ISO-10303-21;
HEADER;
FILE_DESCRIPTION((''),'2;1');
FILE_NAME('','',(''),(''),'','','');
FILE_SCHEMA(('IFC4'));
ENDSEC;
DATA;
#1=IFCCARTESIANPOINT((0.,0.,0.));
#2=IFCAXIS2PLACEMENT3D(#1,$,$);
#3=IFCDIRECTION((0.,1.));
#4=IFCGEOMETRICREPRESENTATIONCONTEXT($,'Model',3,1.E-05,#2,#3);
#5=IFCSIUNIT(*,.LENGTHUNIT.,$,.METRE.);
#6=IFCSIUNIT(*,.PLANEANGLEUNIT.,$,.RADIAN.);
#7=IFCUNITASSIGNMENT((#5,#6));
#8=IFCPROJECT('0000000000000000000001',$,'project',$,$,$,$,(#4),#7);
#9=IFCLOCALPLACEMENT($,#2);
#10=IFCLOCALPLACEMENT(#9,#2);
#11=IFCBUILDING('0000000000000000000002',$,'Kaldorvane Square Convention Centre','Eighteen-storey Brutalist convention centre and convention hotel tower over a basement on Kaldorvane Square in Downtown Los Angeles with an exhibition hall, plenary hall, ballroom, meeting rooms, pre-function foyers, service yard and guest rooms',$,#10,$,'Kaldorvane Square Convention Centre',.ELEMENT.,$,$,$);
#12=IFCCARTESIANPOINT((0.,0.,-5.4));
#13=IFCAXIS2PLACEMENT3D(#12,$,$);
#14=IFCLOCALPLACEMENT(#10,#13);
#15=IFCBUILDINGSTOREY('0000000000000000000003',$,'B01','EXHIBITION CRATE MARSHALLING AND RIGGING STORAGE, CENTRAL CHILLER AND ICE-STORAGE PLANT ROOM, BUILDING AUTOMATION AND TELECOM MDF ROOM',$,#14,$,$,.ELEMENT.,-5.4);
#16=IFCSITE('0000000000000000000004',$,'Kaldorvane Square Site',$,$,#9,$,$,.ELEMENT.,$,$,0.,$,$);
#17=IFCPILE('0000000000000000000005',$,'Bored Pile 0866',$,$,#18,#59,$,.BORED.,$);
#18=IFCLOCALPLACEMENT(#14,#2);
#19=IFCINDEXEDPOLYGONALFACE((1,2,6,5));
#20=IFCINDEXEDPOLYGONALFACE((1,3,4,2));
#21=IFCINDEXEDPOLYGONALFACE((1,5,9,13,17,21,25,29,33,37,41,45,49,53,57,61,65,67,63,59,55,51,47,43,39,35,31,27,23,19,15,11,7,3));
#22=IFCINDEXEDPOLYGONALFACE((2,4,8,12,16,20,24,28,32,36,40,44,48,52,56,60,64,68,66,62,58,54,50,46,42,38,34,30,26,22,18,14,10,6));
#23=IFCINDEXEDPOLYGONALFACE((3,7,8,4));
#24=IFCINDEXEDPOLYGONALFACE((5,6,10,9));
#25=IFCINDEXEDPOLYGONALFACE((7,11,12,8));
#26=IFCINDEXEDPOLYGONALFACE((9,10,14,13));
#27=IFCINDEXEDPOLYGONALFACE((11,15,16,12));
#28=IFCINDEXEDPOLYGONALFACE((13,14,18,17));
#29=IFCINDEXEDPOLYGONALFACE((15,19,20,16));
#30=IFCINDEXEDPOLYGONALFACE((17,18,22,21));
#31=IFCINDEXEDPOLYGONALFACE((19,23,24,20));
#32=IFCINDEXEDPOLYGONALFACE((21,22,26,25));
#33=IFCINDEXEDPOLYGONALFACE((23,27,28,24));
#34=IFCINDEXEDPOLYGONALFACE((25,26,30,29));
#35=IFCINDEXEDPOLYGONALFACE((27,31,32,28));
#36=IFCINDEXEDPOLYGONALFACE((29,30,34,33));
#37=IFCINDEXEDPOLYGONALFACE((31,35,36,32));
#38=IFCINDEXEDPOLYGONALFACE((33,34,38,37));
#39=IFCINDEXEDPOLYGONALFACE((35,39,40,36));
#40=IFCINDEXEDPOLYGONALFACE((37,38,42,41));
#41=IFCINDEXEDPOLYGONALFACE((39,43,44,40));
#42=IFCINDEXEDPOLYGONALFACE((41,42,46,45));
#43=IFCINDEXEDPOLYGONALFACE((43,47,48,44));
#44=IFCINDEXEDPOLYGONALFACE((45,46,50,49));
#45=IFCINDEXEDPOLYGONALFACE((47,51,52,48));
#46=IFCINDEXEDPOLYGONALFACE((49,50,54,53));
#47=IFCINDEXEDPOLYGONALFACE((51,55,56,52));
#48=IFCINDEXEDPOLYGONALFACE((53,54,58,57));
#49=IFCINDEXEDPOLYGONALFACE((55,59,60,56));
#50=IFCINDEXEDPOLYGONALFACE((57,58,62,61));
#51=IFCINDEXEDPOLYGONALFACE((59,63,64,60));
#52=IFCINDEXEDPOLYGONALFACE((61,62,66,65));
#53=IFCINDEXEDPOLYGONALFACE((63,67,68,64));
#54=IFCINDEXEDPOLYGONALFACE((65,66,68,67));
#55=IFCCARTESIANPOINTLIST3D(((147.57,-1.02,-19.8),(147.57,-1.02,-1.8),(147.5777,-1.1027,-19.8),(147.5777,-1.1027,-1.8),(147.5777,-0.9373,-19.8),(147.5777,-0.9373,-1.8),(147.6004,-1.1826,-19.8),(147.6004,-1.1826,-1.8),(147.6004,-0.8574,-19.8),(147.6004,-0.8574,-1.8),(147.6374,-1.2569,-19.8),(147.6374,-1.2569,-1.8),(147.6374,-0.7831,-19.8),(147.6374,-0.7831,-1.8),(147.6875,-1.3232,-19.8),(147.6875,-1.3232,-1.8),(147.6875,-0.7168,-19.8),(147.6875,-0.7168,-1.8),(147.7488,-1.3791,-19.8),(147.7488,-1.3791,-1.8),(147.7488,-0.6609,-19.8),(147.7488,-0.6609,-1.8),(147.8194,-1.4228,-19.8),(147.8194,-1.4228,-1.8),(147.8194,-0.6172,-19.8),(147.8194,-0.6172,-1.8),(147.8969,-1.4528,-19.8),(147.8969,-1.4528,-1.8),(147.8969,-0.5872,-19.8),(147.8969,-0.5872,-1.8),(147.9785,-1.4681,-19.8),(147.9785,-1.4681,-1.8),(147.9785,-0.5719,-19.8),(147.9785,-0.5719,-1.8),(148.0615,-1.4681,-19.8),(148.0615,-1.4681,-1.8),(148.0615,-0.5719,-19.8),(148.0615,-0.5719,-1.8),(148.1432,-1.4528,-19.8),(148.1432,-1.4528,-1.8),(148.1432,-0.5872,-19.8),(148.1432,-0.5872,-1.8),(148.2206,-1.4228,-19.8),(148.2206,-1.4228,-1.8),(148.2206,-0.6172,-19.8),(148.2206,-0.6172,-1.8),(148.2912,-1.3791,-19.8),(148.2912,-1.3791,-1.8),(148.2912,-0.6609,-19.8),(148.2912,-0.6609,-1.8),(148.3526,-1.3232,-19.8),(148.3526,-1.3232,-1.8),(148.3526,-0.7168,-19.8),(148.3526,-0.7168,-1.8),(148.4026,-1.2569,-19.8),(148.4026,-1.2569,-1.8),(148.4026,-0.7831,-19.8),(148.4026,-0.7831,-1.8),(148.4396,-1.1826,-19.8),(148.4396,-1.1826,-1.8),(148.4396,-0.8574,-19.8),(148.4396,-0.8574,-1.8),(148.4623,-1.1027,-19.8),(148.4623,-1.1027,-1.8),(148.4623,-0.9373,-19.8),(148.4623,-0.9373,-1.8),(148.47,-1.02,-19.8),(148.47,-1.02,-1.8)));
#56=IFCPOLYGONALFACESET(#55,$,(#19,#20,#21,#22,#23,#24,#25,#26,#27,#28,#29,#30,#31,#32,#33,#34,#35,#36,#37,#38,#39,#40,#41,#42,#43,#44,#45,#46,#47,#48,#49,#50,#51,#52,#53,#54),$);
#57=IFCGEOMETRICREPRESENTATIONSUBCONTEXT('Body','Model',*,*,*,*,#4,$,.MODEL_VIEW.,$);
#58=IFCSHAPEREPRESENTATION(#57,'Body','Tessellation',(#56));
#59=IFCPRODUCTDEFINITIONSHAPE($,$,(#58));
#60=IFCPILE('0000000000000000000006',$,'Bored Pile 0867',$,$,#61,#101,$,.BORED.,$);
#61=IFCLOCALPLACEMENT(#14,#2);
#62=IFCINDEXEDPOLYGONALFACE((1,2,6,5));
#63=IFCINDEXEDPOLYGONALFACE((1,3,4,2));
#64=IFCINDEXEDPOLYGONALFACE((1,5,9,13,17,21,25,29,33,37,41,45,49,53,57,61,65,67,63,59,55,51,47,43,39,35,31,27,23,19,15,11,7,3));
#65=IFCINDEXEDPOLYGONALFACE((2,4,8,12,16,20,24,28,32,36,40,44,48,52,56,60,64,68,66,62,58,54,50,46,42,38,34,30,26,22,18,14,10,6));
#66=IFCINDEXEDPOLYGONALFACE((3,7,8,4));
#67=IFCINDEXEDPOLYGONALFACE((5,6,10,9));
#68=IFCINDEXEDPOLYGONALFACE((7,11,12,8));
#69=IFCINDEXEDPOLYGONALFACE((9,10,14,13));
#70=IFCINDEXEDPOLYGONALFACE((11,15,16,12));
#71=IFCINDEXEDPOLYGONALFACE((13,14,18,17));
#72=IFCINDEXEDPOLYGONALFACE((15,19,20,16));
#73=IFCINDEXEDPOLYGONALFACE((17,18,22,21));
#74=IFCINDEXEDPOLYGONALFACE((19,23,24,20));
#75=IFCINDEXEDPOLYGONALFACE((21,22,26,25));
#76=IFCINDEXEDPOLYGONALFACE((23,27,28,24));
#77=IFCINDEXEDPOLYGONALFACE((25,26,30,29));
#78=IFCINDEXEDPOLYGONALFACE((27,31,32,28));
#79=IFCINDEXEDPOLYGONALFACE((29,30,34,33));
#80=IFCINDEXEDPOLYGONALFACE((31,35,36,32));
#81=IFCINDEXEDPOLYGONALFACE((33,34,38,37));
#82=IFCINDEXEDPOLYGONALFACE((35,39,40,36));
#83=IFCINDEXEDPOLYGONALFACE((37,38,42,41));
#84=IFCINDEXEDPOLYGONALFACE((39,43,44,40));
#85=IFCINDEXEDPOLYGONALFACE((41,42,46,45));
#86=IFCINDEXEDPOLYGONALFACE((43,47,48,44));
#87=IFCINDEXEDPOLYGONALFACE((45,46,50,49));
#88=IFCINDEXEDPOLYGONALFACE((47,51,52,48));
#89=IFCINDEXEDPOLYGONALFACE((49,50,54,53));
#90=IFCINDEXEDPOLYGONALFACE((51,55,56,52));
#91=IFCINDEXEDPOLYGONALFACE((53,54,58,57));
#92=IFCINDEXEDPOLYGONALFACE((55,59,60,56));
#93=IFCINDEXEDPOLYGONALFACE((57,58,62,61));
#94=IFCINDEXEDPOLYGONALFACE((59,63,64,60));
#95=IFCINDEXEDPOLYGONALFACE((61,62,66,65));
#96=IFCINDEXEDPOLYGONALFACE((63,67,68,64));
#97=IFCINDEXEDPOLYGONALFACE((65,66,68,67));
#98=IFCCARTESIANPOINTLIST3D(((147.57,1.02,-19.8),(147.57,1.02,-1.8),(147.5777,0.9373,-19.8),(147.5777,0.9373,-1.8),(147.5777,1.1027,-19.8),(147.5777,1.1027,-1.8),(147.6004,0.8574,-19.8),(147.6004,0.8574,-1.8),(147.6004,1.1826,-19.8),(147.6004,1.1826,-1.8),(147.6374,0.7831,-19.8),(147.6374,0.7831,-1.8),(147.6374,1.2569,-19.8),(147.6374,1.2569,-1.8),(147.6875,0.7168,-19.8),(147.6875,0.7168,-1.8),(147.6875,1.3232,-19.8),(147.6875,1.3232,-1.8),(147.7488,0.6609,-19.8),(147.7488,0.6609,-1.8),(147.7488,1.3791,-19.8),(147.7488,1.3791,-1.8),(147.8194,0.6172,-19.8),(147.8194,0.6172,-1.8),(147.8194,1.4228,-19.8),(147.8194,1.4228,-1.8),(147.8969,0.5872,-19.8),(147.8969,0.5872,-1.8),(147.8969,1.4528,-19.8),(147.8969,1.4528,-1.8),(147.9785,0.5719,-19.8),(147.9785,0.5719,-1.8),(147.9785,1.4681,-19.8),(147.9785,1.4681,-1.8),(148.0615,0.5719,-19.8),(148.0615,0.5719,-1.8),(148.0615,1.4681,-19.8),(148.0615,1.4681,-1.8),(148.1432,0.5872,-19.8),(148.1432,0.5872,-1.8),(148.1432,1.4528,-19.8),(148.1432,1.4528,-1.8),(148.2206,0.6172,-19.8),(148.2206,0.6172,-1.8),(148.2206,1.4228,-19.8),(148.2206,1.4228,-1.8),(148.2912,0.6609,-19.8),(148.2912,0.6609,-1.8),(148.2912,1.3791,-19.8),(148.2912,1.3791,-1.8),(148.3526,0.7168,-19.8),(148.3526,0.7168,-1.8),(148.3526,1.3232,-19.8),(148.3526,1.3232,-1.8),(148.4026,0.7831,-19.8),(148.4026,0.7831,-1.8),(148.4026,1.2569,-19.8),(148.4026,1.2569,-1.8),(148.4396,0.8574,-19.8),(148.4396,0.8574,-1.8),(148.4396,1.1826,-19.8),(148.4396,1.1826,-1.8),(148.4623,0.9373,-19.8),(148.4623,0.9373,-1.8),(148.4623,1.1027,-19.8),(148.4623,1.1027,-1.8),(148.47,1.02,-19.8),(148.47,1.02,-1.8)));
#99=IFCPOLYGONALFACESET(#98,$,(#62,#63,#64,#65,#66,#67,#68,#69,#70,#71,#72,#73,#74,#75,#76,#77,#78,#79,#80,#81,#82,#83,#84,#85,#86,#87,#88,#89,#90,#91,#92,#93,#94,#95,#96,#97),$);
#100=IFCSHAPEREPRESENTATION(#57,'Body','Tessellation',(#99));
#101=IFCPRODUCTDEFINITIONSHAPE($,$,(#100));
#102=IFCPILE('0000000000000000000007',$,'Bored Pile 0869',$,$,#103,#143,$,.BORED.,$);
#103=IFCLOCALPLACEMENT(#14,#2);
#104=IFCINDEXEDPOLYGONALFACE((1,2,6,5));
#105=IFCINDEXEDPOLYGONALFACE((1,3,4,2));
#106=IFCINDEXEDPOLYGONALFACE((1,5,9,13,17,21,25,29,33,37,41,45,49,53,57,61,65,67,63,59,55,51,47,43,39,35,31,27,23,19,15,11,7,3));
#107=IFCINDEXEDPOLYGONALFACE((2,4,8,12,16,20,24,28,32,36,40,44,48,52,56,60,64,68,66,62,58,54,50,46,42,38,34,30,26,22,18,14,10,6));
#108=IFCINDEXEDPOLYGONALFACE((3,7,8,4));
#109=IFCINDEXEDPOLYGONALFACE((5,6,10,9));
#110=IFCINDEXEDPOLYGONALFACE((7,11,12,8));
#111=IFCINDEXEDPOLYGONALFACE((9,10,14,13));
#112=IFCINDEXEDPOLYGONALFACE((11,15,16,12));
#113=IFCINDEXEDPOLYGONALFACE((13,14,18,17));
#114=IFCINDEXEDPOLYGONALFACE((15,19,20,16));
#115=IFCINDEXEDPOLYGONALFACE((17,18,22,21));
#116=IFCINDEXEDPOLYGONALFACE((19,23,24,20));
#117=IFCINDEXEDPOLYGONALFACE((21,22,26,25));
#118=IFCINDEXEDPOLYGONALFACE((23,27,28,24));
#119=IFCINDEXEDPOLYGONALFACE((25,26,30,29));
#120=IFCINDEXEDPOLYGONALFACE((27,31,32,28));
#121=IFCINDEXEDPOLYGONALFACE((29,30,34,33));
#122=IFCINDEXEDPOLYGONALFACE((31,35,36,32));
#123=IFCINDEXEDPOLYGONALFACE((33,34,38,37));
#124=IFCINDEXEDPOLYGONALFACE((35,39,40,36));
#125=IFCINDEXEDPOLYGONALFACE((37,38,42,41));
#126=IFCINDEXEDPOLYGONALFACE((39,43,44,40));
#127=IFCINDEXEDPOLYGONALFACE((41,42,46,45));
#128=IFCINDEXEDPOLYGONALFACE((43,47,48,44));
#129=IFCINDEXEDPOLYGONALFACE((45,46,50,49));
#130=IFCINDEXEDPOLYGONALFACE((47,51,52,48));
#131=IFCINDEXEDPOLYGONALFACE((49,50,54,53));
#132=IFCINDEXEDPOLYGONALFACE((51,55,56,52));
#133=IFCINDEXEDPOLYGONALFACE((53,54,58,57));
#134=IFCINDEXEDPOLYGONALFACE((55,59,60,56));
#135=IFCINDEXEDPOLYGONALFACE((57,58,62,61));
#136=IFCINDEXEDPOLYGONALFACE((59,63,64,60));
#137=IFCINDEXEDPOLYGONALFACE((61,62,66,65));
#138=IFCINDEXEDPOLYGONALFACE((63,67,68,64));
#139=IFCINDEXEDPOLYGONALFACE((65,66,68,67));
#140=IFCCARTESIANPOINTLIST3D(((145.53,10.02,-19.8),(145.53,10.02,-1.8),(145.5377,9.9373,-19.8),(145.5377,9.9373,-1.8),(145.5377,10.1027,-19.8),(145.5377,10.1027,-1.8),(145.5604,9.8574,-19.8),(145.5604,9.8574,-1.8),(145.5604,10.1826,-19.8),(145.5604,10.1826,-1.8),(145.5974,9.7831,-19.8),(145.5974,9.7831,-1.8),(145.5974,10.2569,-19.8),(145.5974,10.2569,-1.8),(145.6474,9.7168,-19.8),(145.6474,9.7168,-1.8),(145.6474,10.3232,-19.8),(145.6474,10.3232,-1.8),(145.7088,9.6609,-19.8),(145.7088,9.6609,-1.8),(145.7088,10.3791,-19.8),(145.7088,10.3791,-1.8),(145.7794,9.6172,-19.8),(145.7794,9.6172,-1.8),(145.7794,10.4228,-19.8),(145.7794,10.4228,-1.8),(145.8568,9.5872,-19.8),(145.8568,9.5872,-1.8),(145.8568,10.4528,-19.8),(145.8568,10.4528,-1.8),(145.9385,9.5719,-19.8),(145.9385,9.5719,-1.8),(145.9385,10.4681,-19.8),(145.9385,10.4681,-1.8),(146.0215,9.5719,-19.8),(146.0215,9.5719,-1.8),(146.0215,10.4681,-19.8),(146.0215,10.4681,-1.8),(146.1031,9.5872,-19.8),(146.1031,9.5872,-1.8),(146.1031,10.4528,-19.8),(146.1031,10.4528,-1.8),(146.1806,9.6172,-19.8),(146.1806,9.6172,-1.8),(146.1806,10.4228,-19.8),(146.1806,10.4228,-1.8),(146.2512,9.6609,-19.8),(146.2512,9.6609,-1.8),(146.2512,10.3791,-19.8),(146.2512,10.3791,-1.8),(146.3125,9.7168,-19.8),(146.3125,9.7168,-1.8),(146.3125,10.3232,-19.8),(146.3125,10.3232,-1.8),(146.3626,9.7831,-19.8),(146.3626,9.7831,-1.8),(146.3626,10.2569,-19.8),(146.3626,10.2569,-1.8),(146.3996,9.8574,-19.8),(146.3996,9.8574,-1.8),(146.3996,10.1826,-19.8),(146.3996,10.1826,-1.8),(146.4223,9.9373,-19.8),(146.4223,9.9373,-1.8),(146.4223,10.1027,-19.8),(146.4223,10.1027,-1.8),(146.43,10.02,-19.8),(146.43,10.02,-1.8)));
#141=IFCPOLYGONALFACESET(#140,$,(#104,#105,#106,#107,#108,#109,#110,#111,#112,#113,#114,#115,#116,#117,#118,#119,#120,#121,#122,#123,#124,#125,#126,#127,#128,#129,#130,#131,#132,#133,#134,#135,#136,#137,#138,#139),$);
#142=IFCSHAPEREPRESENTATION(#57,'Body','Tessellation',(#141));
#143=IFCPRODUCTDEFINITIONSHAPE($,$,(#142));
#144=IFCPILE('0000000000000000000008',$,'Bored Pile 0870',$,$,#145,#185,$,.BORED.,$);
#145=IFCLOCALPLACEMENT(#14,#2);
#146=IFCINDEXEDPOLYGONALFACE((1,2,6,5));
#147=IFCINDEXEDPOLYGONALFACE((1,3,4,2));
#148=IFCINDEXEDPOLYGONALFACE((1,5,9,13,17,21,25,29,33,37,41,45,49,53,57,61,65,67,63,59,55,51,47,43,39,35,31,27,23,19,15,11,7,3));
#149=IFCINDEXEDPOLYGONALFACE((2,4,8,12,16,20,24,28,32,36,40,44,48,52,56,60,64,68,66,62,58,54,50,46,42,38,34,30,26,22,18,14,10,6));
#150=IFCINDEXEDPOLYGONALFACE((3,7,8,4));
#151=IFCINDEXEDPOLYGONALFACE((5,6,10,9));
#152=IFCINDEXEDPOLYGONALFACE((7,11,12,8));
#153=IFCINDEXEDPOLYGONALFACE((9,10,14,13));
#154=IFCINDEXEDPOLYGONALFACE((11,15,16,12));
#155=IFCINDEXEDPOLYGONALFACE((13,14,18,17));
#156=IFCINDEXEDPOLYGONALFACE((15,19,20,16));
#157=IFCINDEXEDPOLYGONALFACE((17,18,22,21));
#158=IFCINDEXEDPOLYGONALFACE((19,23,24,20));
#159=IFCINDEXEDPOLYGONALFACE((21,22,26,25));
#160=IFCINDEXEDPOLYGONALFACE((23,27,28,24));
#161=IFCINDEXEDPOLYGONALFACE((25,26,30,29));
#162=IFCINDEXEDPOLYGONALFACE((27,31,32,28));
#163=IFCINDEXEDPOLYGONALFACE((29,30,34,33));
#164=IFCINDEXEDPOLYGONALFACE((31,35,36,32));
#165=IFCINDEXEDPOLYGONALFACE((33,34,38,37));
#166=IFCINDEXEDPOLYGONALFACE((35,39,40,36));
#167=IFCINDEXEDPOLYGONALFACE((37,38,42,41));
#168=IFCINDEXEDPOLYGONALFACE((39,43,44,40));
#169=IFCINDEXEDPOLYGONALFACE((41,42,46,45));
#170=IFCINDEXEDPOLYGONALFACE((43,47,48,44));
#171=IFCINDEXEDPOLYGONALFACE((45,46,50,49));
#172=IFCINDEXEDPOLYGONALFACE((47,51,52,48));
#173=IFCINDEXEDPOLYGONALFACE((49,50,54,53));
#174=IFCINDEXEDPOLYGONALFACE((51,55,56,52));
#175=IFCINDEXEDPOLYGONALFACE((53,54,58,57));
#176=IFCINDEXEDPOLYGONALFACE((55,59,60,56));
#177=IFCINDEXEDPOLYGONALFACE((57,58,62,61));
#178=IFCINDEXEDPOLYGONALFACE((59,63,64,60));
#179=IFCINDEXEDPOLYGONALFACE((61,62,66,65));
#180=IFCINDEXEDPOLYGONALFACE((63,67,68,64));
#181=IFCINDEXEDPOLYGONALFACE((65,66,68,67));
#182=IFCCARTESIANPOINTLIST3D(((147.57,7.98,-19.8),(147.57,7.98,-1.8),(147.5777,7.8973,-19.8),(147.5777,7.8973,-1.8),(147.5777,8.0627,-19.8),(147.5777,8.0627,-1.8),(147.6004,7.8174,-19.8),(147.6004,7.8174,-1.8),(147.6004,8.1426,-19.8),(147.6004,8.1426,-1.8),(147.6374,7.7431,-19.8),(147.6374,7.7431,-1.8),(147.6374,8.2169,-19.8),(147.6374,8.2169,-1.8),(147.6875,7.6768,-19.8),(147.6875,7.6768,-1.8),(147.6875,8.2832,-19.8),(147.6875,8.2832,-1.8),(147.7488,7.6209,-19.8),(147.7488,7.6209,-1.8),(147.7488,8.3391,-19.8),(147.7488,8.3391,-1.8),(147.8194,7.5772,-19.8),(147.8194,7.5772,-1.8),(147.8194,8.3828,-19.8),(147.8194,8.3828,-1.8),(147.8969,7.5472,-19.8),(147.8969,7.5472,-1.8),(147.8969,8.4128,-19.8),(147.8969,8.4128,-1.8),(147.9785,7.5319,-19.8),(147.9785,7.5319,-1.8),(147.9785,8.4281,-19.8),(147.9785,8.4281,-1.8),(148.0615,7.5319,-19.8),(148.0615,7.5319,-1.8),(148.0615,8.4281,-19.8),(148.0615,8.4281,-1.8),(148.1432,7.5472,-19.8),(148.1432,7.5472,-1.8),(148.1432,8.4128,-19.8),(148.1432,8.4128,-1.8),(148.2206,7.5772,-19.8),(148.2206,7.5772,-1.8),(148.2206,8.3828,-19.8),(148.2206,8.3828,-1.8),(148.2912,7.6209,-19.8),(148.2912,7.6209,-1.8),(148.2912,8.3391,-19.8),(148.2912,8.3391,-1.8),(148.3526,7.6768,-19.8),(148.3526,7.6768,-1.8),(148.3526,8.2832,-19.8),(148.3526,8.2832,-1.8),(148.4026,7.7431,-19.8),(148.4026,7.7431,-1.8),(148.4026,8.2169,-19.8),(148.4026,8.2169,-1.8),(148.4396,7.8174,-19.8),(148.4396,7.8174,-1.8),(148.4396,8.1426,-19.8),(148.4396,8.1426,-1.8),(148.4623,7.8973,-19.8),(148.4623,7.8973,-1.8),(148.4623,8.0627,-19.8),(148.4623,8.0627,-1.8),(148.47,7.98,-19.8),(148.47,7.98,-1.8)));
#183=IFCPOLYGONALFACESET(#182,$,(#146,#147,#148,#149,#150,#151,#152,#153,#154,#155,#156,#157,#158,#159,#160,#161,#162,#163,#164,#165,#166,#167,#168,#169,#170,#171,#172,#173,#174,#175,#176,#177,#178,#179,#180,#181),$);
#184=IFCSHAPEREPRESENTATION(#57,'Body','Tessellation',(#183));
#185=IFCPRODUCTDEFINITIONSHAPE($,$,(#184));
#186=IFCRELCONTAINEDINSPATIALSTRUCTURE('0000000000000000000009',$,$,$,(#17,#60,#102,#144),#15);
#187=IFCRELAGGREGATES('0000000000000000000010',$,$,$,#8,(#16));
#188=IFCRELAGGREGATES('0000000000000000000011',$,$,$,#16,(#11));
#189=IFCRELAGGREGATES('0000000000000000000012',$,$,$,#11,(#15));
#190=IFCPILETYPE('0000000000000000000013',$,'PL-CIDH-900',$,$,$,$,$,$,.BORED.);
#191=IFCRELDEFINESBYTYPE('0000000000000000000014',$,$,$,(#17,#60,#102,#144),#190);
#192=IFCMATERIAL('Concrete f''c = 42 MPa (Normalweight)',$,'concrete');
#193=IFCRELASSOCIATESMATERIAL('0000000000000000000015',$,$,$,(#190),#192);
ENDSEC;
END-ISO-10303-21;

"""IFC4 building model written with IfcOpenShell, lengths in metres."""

from ifc_helpers import new_model, si_unit, direction, frame, origin, origin_2d, place, context, subcontext, project, spatial, circle, extrude, material, material_profile, profile_set, type_object, element, save


model = new_model("IFC4")

# Units and contexts
model_context = context("Model", 3, precision=1e-05, world=origin(), true_north=direction((0.0, 1.0)))
body_context = subcontext(model_context, "Body", "Model", "MODEL_VIEW")
ifc_project = project(units=[si_unit("LENGTHUNIT", "METRE"), si_unit("PLANEANGLEUNIT", "RADIAN")], contexts=[model_context])

# Site, building, storey
site_placement = place(None, origin())
site = spatial("IfcSite", under=ifc_project, at=site_placement, Name="Kaldorvane Square Site", CompositionType="ELEMENT", RefElevation=0.0)
building_placement = place(site_placement, origin())
building = spatial("IfcBuilding", under=site, at=building_placement, Name="Kaldorvane Square Convention Centre", Description="Eighteen-storey Brutalist convention centre and convention hotel tower over a basement on Kaldorvane Square in Downtown Los Angeles with an exhibition hall, plenary hall, ballroom, meeting rooms, pre-function foyers, service yard and guest rooms", LongName="Kaldorvane Square Convention Centre", CompositionType="ELEMENT")
storey_placement = place(building_placement, frame((0.0, 0.0, -5.4)))
storey = spatial("IfcBuildingStorey", under=building, at=storey_placement, Name="B01", Description="EXHIBITION CRATE MARSHALLING AND RIGGING STORAGE, CENTRAL CHILLER AND ICE-STORAGE PLANT ROOM, BUILDING AUTOMATION AND TELECOM MDF ROOM", CompositionType="ELEMENT", Elevation=-5.4)

# Shared definitions
ifc_material_1 = material(Name="Concrete f'c = 42 MPa (Normalweight)", Category="concrete")

# Piles
ifc_material_profile_1 = material_profile(ifc_material_1, circle(Radius=0.45, at=origin_2d()), Name="PILE-D900")
ifc_profile_set_1 = profile_set([ifc_material_profile_1], Name="Concrete f'c = 42 MPa (Normalweight)")
pile_type_1 = type_object("IfcPileType", Name="PL-CIDH-900", PredefinedType="BORED", material=ifc_profile_set_1)
for number, where, z_axis, x_axis, name in (
    (1, (148.02, -1.02, -1.8), (0.0, 0.0, -1.0), (1.0, 0.0, 0.0), "Bored Pile 0866"),
    (2, (148.02, 1.02, -1.8), (0.0, 0.0, -1.0), (1.0, 0.0, 0.0), "Bored Pile 0867"),
    (3, (145.98, 10.02, -1.8), (0.0, 0.0, -1.0), (1.0, 0.0, 0.0), "Bored Pile 0869"),
    (4, (148.02, 7.98, -1.8), (0.0, 0.0, -1.0), (1.0, 0.0, 0.0), "Bored Pile 0870"),
):
    element("IfcPile", number, at=place(storey_placement, frame(where, z_axis=z_axis, x_axis=x_axis)), inside=storey, type_object=pile_type_1, Name=name, PredefinedType="BORED", context=body_context, shape_type="SweptSolid", body=[
        extrude(circle(Radius=0.45, at=origin_2d()), origin(), (0.0, 0.0, 1.0), 18.0),
    ])

save(model, "model.ifc")
